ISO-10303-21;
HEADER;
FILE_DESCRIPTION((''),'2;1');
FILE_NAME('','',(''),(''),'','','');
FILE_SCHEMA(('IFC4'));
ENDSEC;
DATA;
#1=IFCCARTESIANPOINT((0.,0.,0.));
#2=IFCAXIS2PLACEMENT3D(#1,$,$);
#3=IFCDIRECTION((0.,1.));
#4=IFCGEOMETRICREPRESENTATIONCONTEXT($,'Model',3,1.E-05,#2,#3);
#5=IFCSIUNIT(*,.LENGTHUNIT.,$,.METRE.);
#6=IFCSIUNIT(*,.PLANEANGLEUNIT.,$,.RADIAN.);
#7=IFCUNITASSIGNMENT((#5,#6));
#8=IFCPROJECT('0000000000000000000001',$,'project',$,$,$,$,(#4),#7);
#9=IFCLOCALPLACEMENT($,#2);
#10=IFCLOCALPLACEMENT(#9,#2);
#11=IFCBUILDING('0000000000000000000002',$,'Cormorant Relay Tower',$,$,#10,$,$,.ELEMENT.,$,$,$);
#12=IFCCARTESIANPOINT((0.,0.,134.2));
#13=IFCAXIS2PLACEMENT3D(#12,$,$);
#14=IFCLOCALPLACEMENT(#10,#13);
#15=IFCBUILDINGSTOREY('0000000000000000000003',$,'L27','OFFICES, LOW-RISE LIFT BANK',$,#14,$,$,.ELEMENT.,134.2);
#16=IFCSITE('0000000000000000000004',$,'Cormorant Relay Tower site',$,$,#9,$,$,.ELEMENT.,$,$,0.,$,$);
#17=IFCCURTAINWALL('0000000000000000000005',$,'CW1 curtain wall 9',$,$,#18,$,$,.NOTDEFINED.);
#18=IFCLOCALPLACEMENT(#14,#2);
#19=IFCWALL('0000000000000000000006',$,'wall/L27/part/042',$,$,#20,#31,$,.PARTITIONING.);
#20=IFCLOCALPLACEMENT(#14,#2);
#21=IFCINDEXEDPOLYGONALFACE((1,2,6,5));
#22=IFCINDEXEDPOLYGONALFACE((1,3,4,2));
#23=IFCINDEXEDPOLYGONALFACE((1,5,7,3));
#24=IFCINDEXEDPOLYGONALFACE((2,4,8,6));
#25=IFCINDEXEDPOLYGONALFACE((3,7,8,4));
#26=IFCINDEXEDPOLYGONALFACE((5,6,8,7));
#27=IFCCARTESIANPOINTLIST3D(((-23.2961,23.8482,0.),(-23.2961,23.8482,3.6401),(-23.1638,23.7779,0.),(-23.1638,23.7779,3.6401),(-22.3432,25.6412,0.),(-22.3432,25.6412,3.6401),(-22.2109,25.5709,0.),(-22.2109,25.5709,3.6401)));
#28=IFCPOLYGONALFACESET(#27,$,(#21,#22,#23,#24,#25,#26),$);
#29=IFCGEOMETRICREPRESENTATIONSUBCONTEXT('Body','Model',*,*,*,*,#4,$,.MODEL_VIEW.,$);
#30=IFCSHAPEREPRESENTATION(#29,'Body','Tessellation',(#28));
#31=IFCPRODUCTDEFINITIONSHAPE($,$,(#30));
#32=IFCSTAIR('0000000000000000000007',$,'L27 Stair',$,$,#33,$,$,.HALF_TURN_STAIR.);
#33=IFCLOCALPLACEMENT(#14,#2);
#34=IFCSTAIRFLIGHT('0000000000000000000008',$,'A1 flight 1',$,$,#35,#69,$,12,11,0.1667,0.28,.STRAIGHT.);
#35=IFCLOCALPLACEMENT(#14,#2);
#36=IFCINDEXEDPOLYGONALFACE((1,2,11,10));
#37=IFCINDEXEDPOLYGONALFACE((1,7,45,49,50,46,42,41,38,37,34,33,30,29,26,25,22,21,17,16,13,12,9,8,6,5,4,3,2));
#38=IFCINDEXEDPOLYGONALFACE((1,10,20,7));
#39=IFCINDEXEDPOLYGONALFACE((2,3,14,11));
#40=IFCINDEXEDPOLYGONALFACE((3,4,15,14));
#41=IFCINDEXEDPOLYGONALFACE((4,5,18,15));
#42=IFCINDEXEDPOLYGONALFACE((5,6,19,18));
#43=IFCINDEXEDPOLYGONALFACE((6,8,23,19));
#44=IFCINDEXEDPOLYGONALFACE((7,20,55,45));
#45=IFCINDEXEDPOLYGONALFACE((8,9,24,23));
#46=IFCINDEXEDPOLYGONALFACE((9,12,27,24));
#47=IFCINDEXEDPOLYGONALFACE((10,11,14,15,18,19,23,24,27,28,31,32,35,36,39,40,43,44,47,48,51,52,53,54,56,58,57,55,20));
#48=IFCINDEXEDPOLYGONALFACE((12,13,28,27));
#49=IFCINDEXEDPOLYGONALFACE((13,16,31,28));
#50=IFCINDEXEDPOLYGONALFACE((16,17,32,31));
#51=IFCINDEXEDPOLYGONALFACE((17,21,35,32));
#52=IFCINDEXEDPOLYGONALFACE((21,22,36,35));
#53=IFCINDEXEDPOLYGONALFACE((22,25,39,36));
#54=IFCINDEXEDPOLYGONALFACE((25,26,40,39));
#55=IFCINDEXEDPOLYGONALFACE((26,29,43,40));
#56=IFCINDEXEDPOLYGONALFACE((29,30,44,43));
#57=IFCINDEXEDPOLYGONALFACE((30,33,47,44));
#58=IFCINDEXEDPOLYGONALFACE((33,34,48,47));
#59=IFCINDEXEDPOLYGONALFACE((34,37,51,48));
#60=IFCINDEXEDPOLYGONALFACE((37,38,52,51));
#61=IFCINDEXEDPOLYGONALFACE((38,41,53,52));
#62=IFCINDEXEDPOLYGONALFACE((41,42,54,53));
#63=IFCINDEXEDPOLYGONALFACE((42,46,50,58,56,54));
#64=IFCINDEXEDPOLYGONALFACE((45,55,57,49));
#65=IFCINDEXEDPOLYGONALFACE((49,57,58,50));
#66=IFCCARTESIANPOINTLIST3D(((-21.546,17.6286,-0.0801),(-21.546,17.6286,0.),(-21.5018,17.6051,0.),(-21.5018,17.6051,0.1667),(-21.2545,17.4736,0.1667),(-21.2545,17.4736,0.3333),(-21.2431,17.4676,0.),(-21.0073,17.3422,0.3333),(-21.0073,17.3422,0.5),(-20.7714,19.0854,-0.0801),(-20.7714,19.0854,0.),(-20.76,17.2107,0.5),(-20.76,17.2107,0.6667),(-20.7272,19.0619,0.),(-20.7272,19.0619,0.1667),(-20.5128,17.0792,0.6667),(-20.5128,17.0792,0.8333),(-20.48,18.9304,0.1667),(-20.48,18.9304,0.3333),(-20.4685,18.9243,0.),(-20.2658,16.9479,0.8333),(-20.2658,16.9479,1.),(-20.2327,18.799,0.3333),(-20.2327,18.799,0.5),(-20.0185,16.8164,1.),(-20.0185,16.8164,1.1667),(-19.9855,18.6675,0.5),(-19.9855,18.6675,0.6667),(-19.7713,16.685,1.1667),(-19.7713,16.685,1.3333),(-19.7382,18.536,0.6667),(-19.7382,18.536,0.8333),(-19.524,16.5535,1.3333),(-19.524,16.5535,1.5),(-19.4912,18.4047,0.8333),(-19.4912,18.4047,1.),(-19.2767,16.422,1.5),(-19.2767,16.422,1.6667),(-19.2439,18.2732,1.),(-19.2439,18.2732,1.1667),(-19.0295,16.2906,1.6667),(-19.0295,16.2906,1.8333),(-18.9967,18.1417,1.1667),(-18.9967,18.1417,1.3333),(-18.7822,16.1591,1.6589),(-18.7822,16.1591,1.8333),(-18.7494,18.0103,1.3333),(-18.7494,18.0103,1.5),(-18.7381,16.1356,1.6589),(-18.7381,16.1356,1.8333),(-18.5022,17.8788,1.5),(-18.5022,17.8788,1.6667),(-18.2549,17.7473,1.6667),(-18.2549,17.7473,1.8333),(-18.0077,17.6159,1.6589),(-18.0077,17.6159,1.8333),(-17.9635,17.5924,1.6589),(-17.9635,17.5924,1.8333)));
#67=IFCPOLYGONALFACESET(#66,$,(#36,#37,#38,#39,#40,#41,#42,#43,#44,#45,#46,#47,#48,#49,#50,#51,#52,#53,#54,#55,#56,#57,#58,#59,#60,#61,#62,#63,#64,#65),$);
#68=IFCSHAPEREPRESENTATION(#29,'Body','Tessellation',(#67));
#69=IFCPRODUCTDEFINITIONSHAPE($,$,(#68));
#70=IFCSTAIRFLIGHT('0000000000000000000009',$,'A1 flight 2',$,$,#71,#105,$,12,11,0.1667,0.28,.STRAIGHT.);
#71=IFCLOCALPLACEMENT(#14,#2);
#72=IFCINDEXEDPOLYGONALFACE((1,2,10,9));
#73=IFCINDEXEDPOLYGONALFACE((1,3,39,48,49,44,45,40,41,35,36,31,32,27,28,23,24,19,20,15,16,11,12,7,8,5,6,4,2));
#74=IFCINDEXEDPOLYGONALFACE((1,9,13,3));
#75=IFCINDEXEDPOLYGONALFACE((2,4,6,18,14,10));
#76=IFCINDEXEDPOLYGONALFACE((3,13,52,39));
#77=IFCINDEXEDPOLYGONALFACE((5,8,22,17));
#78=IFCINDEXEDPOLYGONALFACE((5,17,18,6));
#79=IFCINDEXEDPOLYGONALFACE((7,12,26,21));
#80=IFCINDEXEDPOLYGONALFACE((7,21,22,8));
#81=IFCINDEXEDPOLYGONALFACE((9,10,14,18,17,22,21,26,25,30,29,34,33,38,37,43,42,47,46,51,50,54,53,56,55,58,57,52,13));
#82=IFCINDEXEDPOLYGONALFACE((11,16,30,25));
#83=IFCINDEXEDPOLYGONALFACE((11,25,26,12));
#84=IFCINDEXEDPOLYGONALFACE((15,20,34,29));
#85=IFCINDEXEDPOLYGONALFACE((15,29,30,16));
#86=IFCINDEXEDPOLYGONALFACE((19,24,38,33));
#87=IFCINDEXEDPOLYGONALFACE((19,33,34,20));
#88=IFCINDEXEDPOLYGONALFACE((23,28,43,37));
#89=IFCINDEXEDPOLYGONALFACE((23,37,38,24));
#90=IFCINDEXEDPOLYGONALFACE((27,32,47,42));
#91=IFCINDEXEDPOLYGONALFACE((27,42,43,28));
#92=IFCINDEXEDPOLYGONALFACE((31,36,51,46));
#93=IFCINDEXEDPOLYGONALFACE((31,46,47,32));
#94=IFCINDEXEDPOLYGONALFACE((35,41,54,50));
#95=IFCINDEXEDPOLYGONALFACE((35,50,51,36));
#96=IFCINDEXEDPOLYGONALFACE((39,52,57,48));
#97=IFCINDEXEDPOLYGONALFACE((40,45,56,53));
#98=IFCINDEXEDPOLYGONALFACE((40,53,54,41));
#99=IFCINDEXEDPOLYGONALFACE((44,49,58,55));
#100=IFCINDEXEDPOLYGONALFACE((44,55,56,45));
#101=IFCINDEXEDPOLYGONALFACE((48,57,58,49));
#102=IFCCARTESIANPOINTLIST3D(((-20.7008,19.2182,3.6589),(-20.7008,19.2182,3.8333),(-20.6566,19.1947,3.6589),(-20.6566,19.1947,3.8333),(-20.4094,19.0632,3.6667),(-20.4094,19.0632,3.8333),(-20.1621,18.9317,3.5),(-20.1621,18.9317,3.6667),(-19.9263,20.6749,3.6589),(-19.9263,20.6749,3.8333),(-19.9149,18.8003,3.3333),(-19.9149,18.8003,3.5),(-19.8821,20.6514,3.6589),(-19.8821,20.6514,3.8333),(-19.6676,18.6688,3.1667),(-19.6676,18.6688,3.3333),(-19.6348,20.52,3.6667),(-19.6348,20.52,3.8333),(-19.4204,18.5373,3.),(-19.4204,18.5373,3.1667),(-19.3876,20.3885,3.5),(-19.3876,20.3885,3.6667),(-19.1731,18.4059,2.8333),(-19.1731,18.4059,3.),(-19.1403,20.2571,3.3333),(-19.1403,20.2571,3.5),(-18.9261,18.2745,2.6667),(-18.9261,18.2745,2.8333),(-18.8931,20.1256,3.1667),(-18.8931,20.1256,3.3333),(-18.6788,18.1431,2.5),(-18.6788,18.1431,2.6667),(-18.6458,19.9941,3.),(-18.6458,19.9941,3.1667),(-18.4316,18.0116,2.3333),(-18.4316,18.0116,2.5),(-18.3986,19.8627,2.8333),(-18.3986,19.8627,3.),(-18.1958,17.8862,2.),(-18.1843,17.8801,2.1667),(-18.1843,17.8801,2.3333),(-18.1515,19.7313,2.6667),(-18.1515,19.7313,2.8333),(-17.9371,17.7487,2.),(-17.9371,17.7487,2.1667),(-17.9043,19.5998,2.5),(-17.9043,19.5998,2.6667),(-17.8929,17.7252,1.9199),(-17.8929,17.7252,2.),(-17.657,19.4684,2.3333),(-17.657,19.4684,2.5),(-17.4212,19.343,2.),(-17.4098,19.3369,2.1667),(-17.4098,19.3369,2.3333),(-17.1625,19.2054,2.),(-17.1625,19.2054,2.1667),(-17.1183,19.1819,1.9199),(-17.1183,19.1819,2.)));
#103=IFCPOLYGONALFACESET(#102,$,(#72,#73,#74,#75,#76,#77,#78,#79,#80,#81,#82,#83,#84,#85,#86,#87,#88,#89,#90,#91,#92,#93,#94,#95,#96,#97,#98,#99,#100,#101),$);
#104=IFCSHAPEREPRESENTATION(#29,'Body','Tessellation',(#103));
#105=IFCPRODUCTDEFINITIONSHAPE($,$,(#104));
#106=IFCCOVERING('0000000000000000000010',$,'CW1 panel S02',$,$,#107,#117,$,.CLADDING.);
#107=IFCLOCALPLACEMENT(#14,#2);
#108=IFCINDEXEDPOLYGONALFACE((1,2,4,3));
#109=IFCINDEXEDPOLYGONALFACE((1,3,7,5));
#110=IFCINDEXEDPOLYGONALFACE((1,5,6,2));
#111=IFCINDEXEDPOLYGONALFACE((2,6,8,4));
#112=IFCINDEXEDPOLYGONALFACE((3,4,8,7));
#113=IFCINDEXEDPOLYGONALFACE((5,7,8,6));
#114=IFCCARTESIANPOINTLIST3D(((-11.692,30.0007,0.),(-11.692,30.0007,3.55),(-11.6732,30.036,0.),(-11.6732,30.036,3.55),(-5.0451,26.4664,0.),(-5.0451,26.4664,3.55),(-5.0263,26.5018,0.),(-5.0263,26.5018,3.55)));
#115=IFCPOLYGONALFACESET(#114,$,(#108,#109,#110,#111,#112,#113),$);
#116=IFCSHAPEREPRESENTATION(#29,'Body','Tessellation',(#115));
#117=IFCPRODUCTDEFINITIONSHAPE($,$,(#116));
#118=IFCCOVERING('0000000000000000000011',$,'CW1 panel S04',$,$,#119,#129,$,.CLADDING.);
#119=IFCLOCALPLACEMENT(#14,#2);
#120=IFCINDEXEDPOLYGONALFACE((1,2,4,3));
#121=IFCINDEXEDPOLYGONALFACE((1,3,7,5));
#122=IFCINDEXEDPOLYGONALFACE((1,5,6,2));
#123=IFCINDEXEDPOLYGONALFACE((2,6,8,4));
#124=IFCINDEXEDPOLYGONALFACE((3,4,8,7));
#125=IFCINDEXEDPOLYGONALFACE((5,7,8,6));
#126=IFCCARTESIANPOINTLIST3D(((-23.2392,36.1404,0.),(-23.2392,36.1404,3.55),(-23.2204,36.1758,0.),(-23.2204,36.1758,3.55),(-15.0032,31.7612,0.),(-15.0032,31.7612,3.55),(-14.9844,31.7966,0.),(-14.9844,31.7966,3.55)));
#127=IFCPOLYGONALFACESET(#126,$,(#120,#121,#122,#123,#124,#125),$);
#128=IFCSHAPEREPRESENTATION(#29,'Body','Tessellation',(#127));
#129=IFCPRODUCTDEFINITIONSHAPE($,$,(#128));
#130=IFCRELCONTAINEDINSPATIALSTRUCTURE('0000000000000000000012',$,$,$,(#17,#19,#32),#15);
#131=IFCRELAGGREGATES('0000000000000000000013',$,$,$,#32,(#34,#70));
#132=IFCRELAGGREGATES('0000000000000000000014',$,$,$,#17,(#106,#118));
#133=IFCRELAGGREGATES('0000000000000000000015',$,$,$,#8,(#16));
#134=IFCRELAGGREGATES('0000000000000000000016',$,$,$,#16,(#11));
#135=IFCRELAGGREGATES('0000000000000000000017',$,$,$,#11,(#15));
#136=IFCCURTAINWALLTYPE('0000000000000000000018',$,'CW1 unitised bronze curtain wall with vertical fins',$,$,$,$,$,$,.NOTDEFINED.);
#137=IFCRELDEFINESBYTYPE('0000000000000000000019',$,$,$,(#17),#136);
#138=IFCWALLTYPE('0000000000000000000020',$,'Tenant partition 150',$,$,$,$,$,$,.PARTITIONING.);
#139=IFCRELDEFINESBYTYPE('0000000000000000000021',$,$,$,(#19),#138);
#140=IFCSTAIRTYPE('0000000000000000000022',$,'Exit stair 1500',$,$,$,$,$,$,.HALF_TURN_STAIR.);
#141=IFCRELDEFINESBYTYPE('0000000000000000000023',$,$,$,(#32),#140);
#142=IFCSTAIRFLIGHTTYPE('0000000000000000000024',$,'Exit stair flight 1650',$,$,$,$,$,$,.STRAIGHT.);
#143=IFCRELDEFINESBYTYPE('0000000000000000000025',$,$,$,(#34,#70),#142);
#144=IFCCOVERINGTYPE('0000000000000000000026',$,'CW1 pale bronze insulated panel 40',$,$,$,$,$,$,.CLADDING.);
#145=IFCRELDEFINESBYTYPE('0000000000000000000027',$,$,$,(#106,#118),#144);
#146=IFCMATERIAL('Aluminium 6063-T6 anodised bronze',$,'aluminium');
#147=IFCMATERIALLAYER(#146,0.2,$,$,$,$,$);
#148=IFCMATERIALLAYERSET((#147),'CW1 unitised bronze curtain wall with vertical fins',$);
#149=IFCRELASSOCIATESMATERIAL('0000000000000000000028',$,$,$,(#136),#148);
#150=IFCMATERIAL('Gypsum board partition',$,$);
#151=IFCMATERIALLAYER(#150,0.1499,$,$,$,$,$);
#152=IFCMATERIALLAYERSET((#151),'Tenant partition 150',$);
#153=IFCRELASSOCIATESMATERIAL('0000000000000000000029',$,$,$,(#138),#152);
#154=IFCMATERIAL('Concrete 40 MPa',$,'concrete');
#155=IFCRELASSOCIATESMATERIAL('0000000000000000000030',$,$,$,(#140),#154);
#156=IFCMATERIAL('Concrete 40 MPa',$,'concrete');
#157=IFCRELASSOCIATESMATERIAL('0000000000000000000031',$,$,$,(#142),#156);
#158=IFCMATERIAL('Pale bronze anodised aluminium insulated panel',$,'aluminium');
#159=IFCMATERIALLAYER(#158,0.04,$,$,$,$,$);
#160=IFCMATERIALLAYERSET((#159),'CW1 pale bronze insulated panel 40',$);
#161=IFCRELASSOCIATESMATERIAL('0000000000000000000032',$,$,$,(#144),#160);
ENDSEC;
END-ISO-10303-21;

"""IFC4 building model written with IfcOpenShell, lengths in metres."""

from ifc_helpers import new_model, si_unit, direction, frame, frame_2d, origin, origin_2d, place, context, subcontext, project, spatial, polyline, rectangle, outline, extrude, material, layer, layer_set, type_object, element, aggregate, save


model = new_model("IFC4")

# Units and contexts
model_context = context("Model", 3, precision=1e-05, world=origin(), true_north=direction((0.0, 1.0)))
body_context = subcontext(model_context, "Body", "Model", "MODEL_VIEW")
ifc_project = project(units=[si_unit("LENGTHUNIT", "METRE"), si_unit("PLANEANGLEUNIT", "RADIAN")], contexts=[model_context])

# Site, building, storey
site_placement = place(None, origin())
site = spatial("IfcSite", under=ifc_project, at=site_placement, Name="Cormorant Relay Tower site", CompositionType="ELEMENT", RefElevation=0.0)
building_placement = place(site_placement, origin())
building = spatial("IfcBuilding", under=site, at=building_placement, Name="Cormorant Relay Tower", CompositionType="ELEMENT")
storey_placement = place(building_placement, frame((0.0, 0.0, 134.2)))
storey = spatial("IfcBuildingStorey", under=building, at=storey_placement, Name="L27", Description="OFFICES, LOW-RISE LIFT BANK", CompositionType="ELEMENT", Elevation=134.2)

# Curtain wall
ifc_material_1 = material(Name="Aluminium 6063-T6 anodised bronze", Category="aluminium")
ifc_layer_1 = layer(ifc_material_1, 0.2)
ifc_layer_set_1 = layer_set([ifc_layer_1], Name="CW1 unitised bronze curtain wall with vertical fins")
curtain_wall_type = type_object("IfcCurtainWallType", Name="CW1 unitised bronze curtain wall with vertical fins", PredefinedType="NOTDEFINED", material=ifc_layer_set_1)
curtain_wall_placement = place(storey_placement, origin())
curtain_wall = element("IfcCurtainWall", 1, at=curtain_wall_placement, inside=storey, type_object=curtain_wall_type, Name="CW1 curtain wall 9", PredefinedType="NOTDEFINED")

# Wall
ifc_material_2 = material(Name="Gypsum board partition")
ifc_layer_2 = layer(ifc_material_2, 0.1499)
ifc_layer_set_2 = layer_set([ifc_layer_2], Name="Tenant partition 150")
wall_type_1 = type_object("IfcWallType", Name="Tenant partition 150", PredefinedType="PARTITIONING", material=ifc_layer_set_2)
wall_1_placement = place(storey_placement, frame((-22.2771, 25.606, 0.0), z_axis=(0.0, 0.0, 1.0), x_axis=(-0.469296, -0.883041, 0.0)))
element("IfcWall", 2, at=wall_1_placement, inside=storey, type_object=wall_type_1, Name="wall/L27/part/042", PredefinedType="PARTITIONING", context=body_context, shape_type="SweptSolid", body=[
    extrude(rectangle(XDim=2.0305, YDim=0.1499, at=frame_2d((1.0151, 0.0))), origin(), (0.0, 0.0, 1.0), 3.6401),
])

# Stair, stair flights
ifc_material_3 = material(Name="Concrete 40 MPa", Category="concrete")
stair_type = type_object("IfcStairType", Name="Exit stair 1500", PredefinedType="HALF_TURN_STAIR", material=ifc_material_3)
stair_placement = place(storey_placement, origin())
stair = element("IfcStair", 3, at=stair_placement, inside=storey, type_object=stair_type, Name="L27 Stair", PredefinedType="HALF_TURN_STAIR")
ifc_material_4 = material(Name="Concrete 40 MPa", Category="concrete")
stair_flight_type = type_object("IfcStairFlightType", Name="Exit stair flight 1650", PredefinedType="STRAIGHT", material=ifc_material_4)
stair_flight_1_placement = place(storey_placement, frame((-21.1145, 18.3335, 0.0), z_axis=(0.0, 0.0, 1.0), x_axis=(0.882948, -0.469472, 0.0)))
stair_flight_1 = element("IfcStairFlight", 4, at=stair_flight_1_placement, type_object=stair_flight_type, Name="A1 flight 1", NumberOfRisers=12, NumberOfTreads=11, PredefinedType="STRAIGHT", RiserHeight=0.1667, TreadLength=0.28, context=body_context, shape_type="SweptSolid", body=[
    extrude(outline(polyline([(-0.05, -0.0801), (-0.05, 0.0), (0.0, 0.0), (0.0, 0.1667), (0.28, 0.1667), (0.28, 0.3333), (0.5601, 0.3333), (0.5601, 0.5), (0.8401, 0.5), (0.8401, 0.6667), (1.1201, 0.6667), (1.1201, 0.8333), (1.3999, 0.8333), (1.3999, 1.0), (1.6799, 1.0), (1.6799, 1.1667), (1.96, 1.1667), (1.96, 1.3333), (2.24, 1.3333), (2.24, 1.5), (2.52, 1.5), (2.52, 1.6667), (2.8, 1.6667), (2.8, 1.8333), (3.0801, 1.8333), (3.1301, 1.8333), (3.1301, 1.6589), (3.0801, 1.6589), (0.293, 0.0), (-0.05, -0.0801)])), frame((0.0, 0.825, 0.0), z_axis=(0.0, -1.0, 0.0), x_axis=(1.0, 0.0, 0.0)), (0.0, 0.0, 1.0), 1.6499),
])
stair_flight_2_placement = place(storey_placement, frame((-17.5498, 18.4771, 2.0), z_axis=(0.0, 0.0, 1.0), x_axis=(-0.882948, 0.469472, 0.0)))
stair_flight_2 = element("IfcStairFlight", 5, at=stair_flight_2_placement, type_object=stair_flight_type, Name="A1 flight 2", NumberOfRisers=12, NumberOfTreads=11, PredefinedType="STRAIGHT", RiserHeight=0.1667, TreadLength=0.28, context=body_context, shape_type="SweptSolid", body=[
    extrude(outline(polyline([(-0.05, -0.0801), (-0.05, 0.0), (0.0, 0.0), (0.0, 0.1667), (0.28, 0.1667), (0.28, 0.3333), (0.5601, 0.3333), (0.5601, 0.5), (0.8401, 0.5), (0.8401, 0.6667), (1.1201, 0.6667), (1.1201, 0.8333), (1.3999, 0.8333), (1.3999, 1.0), (1.6799, 1.0), (1.6799, 1.1667), (1.96, 1.1667), (1.96, 1.3333), (2.24, 1.3333), (2.24, 1.5), (2.52, 1.5), (2.52, 1.6667), (2.8, 1.6667), (2.8, 1.8333), (3.0801, 1.8333), (3.1301, 1.8333), (3.1301, 1.6589), (3.0801, 1.6589), (0.293, 0.0), (-0.05, -0.0801)])), frame((0.0, 0.825, 0.0), z_axis=(0.0, -1.0, 0.0), x_axis=(1.0, 0.0, 0.0)), (0.0, 0.0, 1.0), 1.6499),
])
aggregate(stair, [stair_flight_1, stair_flight_2])

# Coverings
ifc_material_5 = material(Name="Pale bronze anodised aluminium insulated panel", Category="aluminium")
ifc_layer_3 = layer(ifc_material_5, 0.04)
ifc_layer_set_3 = layer_set([ifc_layer_3], Name="CW1 pale bronze insulated panel 40")
covering_type = type_object("IfcCoveringType", Name="CW1 pale bronze insulated panel 40", PredefinedType="CLADDING", material=ifc_layer_set_3)
covering_1_placement = place(storey_placement, frame((-8.3591, 28.2512, 0.0), z_axis=(0.0, 0.0, 1.0), x_axis=(-0.882948, 0.469472, 0.0)))
covering_1 = element("IfcCovering", 6, at=covering_1_placement, type_object=covering_type, Name="CW1 panel S02", PredefinedType="CLADDING", context=body_context, shape_type="SweptSolid", body=[
    extrude(rectangle(XDim=7.5281, YDim=0.04, at=origin_2d()), origin(), (0.0, 0.0, 1.0), 3.55),
])
covering_2_placement = place(storey_placement, frame((-19.1118, 33.9685, 0.0), z_axis=(0.0, 0.0, 1.0), x_axis=(-0.882948, 0.469472, 0.0)))
covering_2 = element("IfcCovering", 7, at=covering_2_placement, type_object=covering_type, Name="CW1 panel S04", PredefinedType="CLADDING", context=body_context, shape_type="SweptSolid", body=[
    extrude(rectangle(XDim=9.3279, YDim=0.04, at=origin_2d()), origin(), (0.0, 0.0, 1.0), 3.55),
])
aggregate(curtain_wall, [covering_1, covering_2])

save(model, "model.ifc")
